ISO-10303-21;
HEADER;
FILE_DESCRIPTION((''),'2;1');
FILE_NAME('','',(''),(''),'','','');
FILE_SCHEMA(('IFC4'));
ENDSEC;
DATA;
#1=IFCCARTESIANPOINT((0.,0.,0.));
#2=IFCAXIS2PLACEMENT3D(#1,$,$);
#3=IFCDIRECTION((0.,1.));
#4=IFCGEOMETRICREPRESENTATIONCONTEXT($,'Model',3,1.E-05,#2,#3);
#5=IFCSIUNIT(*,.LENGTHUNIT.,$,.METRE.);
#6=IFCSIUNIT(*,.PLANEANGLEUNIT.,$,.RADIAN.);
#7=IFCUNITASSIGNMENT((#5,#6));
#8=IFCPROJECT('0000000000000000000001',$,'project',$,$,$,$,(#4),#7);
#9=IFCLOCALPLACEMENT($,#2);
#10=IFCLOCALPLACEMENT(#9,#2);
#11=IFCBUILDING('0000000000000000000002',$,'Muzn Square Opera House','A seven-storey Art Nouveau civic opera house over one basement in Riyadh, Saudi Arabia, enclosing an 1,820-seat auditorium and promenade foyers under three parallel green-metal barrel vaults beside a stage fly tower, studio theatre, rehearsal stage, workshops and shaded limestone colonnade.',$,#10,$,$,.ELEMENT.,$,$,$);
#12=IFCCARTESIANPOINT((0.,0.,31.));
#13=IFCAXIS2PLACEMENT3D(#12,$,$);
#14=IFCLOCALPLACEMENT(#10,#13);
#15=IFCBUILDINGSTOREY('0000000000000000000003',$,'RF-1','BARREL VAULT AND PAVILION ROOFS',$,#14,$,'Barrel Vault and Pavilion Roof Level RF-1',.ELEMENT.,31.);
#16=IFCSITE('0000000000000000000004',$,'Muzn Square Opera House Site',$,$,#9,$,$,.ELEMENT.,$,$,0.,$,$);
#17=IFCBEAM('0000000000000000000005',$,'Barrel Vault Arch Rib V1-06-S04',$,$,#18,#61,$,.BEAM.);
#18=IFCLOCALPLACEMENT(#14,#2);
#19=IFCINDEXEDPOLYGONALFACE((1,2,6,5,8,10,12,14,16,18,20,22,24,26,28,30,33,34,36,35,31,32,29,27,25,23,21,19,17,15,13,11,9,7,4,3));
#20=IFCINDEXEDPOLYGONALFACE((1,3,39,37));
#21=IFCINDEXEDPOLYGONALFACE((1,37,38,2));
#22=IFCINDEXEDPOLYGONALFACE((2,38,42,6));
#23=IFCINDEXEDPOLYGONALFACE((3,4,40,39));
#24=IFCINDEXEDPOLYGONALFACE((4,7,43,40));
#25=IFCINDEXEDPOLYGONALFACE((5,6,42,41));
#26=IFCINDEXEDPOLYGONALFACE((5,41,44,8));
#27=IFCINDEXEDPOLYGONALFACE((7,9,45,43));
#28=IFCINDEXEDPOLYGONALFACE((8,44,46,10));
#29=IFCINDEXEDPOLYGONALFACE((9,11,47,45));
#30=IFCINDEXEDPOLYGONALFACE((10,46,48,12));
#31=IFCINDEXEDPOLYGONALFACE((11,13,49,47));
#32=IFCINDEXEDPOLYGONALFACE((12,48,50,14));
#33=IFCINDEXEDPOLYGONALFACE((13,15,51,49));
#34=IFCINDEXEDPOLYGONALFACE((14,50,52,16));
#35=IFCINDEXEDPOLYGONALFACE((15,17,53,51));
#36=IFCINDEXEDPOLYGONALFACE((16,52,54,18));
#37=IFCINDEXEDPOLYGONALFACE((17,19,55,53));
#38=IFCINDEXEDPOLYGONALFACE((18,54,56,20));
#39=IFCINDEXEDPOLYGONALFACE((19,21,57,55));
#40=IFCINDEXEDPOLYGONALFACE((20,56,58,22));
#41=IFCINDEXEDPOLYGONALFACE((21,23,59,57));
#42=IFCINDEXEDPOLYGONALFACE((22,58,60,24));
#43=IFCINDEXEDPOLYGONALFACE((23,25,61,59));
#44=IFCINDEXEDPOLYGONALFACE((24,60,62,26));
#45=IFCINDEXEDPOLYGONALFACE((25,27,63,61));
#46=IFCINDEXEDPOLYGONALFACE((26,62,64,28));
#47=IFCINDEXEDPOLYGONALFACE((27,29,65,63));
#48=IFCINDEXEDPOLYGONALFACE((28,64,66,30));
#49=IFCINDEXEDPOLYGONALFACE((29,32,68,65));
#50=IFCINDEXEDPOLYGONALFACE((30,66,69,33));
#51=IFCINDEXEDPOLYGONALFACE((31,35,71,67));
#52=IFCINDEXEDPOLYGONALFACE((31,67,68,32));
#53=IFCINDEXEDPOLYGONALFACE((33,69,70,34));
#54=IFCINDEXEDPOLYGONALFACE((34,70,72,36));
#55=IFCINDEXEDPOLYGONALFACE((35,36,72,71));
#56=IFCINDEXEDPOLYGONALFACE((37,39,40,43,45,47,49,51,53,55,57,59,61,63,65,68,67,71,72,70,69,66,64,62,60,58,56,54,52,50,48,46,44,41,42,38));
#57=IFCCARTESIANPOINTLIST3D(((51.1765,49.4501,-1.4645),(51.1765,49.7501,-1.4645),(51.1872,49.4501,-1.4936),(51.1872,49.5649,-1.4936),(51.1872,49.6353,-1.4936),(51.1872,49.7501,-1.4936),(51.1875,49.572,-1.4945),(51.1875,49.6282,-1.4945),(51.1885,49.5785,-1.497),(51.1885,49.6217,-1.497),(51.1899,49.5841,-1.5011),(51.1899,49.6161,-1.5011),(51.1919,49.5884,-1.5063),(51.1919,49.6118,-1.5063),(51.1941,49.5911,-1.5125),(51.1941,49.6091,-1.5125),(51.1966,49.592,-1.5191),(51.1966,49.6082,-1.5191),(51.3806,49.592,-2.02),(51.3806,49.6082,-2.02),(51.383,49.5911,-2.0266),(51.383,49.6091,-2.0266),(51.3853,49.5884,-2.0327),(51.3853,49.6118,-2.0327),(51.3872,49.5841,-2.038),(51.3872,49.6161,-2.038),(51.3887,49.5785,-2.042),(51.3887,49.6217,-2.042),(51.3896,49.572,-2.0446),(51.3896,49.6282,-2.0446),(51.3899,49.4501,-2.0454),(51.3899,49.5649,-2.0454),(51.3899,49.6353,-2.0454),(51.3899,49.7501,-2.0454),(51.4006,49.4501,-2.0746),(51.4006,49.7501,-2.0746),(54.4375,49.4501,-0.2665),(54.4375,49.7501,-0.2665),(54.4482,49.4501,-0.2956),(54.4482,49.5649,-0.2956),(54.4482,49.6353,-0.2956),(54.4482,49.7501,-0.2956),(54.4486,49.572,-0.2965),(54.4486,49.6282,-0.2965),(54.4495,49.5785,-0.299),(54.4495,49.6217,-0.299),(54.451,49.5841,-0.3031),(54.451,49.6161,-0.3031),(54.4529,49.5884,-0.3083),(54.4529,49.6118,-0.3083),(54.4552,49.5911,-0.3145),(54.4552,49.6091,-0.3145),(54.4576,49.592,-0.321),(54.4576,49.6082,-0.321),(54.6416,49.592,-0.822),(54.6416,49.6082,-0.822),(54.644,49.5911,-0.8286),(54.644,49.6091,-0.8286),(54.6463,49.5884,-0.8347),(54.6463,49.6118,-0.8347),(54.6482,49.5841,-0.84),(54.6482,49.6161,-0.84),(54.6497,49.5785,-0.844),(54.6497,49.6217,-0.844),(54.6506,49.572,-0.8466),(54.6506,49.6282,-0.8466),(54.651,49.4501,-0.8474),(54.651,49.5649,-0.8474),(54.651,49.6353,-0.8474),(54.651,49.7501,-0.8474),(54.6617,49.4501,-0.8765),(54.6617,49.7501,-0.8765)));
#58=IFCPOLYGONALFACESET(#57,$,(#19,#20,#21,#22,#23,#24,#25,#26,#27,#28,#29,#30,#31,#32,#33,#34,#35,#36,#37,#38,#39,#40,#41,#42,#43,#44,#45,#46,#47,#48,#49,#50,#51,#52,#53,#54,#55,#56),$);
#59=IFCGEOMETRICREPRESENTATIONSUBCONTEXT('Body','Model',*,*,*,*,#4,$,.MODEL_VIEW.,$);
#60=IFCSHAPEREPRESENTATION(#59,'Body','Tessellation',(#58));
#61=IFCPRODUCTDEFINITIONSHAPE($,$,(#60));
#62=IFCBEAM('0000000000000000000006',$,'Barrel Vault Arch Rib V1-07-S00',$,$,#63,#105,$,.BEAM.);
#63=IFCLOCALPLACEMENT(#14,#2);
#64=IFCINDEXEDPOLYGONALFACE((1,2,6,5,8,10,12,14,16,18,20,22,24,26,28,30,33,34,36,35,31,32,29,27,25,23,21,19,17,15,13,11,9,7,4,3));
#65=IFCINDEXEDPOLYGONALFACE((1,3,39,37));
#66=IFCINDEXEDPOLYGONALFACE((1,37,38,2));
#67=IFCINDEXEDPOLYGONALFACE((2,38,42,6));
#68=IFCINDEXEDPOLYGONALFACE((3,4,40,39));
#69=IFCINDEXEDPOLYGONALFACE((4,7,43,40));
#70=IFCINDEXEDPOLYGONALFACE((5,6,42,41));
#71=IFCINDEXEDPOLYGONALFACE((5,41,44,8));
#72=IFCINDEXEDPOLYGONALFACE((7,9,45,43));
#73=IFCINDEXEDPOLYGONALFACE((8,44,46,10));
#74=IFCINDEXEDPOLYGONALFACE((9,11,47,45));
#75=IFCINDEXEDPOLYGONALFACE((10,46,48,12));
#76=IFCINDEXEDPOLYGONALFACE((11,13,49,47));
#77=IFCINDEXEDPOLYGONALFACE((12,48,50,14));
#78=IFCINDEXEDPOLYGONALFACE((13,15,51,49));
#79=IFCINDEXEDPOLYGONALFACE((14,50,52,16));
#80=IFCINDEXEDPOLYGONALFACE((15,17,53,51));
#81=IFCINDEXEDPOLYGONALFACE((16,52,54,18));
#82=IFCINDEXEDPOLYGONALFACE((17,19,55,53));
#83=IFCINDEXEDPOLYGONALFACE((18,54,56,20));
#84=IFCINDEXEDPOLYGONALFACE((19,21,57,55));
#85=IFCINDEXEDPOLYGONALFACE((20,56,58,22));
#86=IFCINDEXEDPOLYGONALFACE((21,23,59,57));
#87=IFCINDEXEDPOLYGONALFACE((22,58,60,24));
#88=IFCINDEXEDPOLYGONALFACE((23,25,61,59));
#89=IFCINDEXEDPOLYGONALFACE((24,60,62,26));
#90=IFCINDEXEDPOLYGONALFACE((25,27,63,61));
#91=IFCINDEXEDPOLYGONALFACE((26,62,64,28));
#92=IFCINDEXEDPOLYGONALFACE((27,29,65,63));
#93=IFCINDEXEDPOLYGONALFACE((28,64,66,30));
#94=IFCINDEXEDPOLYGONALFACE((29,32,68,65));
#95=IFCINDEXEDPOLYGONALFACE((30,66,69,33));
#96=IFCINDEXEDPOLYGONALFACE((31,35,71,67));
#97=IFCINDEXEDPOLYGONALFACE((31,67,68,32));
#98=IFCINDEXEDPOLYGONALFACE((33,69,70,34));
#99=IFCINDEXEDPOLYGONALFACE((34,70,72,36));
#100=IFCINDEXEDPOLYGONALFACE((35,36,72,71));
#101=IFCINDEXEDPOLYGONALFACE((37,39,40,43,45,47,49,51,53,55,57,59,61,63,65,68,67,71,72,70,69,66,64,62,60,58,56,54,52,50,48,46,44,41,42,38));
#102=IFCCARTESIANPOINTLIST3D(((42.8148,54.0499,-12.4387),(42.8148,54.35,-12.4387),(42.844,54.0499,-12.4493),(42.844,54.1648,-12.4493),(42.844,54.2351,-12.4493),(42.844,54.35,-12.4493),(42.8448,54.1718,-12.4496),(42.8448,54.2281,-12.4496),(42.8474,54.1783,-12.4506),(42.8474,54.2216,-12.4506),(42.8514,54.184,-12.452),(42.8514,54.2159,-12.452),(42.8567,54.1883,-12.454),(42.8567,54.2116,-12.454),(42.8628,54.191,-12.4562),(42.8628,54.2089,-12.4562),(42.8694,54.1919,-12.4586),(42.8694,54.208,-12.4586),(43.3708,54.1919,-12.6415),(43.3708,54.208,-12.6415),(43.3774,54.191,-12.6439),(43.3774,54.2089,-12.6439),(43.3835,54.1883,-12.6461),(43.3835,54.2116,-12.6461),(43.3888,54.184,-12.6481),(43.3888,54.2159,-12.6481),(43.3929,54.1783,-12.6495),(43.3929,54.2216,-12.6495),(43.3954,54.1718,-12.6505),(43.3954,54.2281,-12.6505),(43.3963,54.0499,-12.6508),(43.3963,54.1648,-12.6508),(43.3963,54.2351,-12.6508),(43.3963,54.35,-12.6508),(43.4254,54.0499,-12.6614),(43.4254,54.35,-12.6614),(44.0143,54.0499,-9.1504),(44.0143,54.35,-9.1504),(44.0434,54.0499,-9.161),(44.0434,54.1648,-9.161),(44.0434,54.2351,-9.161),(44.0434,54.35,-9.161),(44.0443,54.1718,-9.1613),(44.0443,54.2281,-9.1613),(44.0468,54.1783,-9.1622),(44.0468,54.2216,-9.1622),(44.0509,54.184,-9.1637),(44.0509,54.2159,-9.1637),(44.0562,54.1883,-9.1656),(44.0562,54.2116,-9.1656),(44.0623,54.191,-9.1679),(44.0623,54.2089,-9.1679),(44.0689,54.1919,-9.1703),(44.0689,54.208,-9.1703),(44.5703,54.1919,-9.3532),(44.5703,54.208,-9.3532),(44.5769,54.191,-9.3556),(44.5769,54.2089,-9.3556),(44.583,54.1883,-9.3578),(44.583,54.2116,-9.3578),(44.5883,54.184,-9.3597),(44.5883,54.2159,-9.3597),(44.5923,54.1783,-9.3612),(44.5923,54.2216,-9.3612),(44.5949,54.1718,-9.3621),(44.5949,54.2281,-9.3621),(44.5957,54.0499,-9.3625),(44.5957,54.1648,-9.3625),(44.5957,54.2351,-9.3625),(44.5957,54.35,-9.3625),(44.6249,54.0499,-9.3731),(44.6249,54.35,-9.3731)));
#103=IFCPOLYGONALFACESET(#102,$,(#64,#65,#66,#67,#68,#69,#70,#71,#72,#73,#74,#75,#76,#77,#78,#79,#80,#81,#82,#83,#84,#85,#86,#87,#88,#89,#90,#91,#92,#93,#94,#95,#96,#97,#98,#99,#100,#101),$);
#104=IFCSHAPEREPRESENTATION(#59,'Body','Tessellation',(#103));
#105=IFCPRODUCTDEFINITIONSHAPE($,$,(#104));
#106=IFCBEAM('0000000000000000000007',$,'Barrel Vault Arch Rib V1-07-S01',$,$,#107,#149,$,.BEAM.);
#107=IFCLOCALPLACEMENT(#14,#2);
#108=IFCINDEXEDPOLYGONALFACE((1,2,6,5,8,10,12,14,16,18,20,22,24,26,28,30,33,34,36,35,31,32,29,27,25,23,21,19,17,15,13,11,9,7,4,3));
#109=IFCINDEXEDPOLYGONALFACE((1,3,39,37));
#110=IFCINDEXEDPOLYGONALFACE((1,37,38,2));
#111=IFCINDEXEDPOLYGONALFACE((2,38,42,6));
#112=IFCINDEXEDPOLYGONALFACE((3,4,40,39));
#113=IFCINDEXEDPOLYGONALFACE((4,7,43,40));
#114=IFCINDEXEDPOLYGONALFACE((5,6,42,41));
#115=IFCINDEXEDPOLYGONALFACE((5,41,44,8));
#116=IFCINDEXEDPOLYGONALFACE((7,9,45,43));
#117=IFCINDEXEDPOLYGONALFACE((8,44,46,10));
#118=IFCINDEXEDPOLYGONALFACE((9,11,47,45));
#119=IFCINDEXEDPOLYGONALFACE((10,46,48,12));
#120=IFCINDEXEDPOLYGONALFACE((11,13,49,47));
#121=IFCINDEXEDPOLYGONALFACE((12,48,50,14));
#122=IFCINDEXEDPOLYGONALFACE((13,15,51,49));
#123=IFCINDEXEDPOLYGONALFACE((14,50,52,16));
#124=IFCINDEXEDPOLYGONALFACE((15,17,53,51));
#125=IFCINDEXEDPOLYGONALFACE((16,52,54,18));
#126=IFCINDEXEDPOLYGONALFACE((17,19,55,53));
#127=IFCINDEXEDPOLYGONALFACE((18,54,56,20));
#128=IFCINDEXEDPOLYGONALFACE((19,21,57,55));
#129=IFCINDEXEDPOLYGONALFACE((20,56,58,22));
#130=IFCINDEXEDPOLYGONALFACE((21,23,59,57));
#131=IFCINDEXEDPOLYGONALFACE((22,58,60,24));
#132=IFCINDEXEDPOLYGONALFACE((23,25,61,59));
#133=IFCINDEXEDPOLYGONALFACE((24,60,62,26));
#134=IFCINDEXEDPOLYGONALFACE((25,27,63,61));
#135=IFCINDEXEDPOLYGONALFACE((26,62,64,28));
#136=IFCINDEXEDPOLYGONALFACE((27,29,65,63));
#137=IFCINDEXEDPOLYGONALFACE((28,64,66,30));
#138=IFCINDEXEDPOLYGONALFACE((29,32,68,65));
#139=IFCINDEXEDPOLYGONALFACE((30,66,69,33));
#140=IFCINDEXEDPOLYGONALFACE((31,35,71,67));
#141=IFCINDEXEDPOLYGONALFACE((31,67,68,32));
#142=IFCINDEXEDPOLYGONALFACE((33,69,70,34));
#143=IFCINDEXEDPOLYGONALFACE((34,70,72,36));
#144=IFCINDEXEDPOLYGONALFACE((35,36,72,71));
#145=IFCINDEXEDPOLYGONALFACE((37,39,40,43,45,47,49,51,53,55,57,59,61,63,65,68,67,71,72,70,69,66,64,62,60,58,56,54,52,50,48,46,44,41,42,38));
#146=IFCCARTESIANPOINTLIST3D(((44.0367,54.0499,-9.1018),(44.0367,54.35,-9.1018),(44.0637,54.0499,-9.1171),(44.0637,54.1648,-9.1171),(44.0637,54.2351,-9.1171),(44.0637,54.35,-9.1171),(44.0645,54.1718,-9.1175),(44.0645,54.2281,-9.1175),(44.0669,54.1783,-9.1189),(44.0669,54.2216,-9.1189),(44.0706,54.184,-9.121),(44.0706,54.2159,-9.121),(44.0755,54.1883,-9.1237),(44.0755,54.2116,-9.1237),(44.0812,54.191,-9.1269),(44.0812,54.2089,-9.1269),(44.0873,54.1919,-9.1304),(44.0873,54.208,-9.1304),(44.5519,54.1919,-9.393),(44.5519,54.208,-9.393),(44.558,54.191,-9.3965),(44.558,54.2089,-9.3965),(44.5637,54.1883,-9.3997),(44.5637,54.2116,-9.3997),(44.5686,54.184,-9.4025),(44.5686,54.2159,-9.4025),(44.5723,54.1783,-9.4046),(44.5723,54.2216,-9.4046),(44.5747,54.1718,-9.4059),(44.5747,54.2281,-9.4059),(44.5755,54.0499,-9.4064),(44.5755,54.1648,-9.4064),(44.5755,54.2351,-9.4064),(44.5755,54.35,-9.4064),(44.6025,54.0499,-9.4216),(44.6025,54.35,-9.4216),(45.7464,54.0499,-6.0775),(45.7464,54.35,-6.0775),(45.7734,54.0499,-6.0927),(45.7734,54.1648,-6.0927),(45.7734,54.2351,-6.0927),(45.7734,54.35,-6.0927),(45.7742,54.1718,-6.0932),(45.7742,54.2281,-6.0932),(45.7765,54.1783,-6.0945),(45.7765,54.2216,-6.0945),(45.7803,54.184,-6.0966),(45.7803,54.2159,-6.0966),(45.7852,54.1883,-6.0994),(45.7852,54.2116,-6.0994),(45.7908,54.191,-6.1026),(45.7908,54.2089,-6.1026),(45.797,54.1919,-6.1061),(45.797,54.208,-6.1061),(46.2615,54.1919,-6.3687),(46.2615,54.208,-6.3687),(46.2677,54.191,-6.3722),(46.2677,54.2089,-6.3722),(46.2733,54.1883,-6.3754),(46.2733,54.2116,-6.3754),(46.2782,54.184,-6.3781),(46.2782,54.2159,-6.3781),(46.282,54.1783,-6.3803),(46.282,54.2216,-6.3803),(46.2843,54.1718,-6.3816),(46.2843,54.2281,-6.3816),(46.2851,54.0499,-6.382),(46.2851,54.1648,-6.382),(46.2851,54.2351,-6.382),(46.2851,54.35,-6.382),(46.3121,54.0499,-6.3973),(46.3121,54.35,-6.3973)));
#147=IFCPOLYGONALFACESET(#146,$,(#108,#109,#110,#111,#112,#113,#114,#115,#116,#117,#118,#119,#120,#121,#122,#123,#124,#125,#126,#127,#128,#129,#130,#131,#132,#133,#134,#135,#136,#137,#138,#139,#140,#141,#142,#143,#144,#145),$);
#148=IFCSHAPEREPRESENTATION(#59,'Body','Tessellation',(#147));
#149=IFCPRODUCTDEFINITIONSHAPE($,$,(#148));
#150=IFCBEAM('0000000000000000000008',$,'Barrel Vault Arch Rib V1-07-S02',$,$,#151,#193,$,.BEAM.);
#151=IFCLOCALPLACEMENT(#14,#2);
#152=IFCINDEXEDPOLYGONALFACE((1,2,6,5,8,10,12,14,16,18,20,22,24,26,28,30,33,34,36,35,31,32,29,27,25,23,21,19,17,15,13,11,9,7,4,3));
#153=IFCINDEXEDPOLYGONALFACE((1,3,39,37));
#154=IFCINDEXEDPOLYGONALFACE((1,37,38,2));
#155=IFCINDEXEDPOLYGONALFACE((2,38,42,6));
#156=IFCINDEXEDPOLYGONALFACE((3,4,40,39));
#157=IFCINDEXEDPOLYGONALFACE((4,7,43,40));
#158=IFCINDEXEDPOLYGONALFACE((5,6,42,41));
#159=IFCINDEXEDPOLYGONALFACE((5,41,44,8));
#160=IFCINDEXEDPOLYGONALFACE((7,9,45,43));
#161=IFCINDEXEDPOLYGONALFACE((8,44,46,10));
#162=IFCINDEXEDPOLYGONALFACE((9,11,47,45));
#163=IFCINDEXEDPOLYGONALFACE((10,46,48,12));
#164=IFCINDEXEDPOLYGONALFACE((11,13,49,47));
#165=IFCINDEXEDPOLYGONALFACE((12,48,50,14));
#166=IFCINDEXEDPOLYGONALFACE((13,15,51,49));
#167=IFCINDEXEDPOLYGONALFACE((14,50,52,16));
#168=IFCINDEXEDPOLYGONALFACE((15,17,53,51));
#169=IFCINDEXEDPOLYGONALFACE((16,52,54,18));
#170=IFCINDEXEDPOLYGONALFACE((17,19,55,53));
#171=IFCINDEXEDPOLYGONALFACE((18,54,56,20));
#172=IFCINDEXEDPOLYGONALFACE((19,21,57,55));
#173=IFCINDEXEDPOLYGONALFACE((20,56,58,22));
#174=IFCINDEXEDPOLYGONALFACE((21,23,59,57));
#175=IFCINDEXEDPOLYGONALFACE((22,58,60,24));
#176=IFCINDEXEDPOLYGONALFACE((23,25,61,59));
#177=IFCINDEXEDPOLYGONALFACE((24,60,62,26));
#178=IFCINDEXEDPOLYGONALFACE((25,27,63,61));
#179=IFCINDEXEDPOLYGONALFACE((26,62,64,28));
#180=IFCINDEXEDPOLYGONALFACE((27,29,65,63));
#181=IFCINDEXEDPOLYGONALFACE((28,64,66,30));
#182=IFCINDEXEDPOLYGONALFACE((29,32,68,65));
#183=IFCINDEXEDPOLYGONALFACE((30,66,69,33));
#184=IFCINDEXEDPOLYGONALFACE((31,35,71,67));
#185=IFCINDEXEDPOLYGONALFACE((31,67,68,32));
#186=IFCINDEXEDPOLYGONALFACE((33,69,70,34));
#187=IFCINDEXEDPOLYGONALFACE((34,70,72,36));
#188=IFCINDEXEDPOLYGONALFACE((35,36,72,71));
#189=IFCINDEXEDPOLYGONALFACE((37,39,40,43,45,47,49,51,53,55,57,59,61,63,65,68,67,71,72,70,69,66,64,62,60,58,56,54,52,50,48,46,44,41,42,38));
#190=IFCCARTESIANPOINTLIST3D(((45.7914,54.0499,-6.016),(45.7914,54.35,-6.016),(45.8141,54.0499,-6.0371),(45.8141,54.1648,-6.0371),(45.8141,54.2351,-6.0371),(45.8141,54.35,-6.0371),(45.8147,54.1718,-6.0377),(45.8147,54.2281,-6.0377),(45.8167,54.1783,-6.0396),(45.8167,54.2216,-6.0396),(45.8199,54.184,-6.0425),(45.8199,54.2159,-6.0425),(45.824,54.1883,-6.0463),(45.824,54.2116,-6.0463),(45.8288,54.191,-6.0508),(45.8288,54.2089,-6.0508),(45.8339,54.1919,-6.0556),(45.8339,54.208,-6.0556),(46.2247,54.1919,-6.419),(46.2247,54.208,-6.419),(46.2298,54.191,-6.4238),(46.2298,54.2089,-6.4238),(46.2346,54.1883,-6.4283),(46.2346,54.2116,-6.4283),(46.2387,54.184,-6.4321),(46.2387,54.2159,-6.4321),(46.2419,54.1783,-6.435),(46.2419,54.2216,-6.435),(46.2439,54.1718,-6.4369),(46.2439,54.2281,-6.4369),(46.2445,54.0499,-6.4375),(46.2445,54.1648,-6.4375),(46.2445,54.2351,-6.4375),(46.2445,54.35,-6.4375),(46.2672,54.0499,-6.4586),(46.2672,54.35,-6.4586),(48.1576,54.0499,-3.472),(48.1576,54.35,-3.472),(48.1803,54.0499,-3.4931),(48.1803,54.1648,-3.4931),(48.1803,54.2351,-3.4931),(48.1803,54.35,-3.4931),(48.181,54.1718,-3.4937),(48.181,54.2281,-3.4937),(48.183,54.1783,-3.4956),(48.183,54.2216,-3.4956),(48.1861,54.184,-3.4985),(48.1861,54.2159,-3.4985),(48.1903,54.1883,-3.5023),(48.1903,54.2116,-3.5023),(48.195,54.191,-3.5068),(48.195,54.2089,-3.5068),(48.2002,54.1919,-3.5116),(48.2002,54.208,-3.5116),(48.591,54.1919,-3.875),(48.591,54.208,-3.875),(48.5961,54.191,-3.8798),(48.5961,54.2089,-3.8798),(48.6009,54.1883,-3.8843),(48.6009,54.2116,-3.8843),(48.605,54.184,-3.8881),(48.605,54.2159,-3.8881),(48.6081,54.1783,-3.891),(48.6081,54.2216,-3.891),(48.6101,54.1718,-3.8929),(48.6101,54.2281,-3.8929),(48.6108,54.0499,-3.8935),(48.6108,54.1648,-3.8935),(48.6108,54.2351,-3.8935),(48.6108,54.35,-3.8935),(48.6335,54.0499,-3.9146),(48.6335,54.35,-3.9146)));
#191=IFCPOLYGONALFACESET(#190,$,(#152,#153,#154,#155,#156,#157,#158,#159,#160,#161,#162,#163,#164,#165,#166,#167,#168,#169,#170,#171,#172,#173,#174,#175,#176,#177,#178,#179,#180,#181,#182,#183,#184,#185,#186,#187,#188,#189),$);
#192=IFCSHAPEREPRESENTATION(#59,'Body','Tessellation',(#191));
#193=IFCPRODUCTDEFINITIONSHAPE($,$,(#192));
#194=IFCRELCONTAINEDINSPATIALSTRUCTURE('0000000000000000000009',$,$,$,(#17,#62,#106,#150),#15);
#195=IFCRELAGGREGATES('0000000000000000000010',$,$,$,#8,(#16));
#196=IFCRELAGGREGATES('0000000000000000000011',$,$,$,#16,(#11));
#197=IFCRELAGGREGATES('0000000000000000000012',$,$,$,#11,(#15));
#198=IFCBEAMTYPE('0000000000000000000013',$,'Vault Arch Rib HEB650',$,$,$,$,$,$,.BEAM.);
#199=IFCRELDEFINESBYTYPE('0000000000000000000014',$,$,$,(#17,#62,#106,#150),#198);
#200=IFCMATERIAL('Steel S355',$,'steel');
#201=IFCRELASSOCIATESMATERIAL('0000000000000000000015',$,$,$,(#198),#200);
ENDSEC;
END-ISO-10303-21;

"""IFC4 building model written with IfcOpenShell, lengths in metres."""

from ifc_helpers import new_model, si_unit, direction, frame, origin, origin_2d, place, context, subcontext, project, spatial, i_section, extrude, material, material_profile, profile_set, type_object, element, save


model = new_model("IFC4")

# Units and contexts
model_context = context("Model", 3, precision=1e-05, world=origin(), true_north=direction((0.0, 1.0)))
body_context = subcontext(model_context, "Body", "Model", "MODEL_VIEW")
ifc_project = project(units=[si_unit("LENGTHUNIT", "METRE"), si_unit("PLANEANGLEUNIT", "RADIAN")], contexts=[model_context])

# Site, building, storey
site_placement = place(None, origin())
site = spatial("IfcSite", under=ifc_project, at=site_placement, Name="Muzn Square Opera House Site", CompositionType="ELEMENT", RefElevation=0.0)
building_placement = place(site_placement, origin())
building = spatial("IfcBuilding", under=site, at=building_placement, Name="Muzn Square Opera House", Description="A seven-storey Art Nouveau civic opera house over one basement in Riyadh, Saudi Arabia, enclosing an 1,820-seat auditorium and promenade foyers under three parallel green-metal barrel vaults beside a stage fly tower, studio theatre, rehearsal stage, workshops and shaded limestone colonnade.", CompositionType="ELEMENT")
storey_placement = place(building_placement, frame((0.0, 0.0, 31.0)))
storey = spatial("IfcBuildingStorey", under=building, at=storey_placement, Name="RF-1", Description="BARREL VAULT AND PAVILION ROOFS", LongName="Barrel Vault and Pavilion Roof Level RF-1", CompositionType="ELEMENT", Elevation=31.0)

# Beams
ifc_material_1 = material(Name="Steel S355", Category="steel")
ifc_material_profile_1 = material_profile(ifc_material_1, i_section(OverallWidth=0.3, OverallDepth=0.6499, WebThickness=0.0161, FlangeThickness=0.031, FilletRadius=0.0271, at=origin_2d()), Name="HEB 650", Category="steel")
ifc_profile_set_1 = profile_set([ifc_material_profile_1], Name="Steel S355")
beam_type_1 = type_object("IfcBeamType", Name="Vault Arch Rib HEB650", PredefinedType="BEAM", material=ifc_profile_set_1)
beam_1_placement = place(storey_placement, frame((51.2886, 49.6001, -1.7695), z_axis=(0.938662, 0.0, 0.344839), x_axis=(0.0, 1.0, 0.0)))
element("IfcBeam", 1, at=beam_1_placement, inside=storey, type_object=beam_type_1, Name="Barrel Vault Arch Rib V1-06-S04", PredefinedType="BEAM", context=body_context, shape_type="SweptSolid", body=[
    extrude(i_section(OverallWidth=0.3, OverallDepth=0.6499, WebThickness=0.0161, FlangeThickness=0.031, FilletRadius=0.0271, at=origin_2d()), origin(), (0.0, 0.0, 1.0), 3.4741),
])
beam_2_placement = place(storey_placement, frame((43.1201, 54.2, -12.55), z_axis=(0.342678, 0.0, 0.939453), x_axis=(0.0, 1.0, 0.0)))
element("IfcBeam", 2, at=beam_2_placement, inside=storey, type_object=beam_type_1, Name="Barrel Vault Arch Rib V1-07-S00", PredefinedType="BEAM", context=body_context, shape_type="SweptSolid", body=[
    extrude(i_section(OverallWidth=0.3, OverallDepth=0.6499, WebThickness=0.0161, FlangeThickness=0.031, FilletRadius=0.0271, at=origin_2d()), origin(), (0.0, 0.0, 1.0), 3.5002),
])
beam_3_placement = place(storey_placement, frame((44.3196, 54.2, -9.2617), z_axis=(0.492115, 0.0, 0.87053), x_axis=(0.0, 1.0, 0.0)))
element("IfcBeam", 3, at=beam_3_placement, inside=storey, type_object=beam_type_1, Name="Barrel Vault Arch Rib V1-07-S01", PredefinedType="BEAM", context=body_context, shape_type="SweptSolid", body=[
    extrude(i_section(OverallWidth=0.3, OverallDepth=0.6499, WebThickness=0.0161, FlangeThickness=0.031, FilletRadius=0.0271, at=origin_2d()), origin(), (0.0, 0.0, 1.0), 3.4741),
])
beam_4_placement = place(storey_placement, frame((46.0293, 54.2, -6.2373), z_axis=(0.681065, 0.0, 0.732223), x_axis=(0.0, 1.0, 0.0)))
element("IfcBeam", 4, at=beam_4_placement, inside=storey, type_object=beam_type_1, Name="Barrel Vault Arch Rib V1-07-S02", PredefinedType="BEAM", context=body_context, shape_type="SweptSolid", body=[
    extrude(i_section(OverallWidth=0.3, OverallDepth=0.6499, WebThickness=0.0161, FlangeThickness=0.031, FilletRadius=0.0271, at=origin_2d()), origin(), (0.0, 0.0, 1.0), 3.4744),
])

save(model, "model.ifc")
